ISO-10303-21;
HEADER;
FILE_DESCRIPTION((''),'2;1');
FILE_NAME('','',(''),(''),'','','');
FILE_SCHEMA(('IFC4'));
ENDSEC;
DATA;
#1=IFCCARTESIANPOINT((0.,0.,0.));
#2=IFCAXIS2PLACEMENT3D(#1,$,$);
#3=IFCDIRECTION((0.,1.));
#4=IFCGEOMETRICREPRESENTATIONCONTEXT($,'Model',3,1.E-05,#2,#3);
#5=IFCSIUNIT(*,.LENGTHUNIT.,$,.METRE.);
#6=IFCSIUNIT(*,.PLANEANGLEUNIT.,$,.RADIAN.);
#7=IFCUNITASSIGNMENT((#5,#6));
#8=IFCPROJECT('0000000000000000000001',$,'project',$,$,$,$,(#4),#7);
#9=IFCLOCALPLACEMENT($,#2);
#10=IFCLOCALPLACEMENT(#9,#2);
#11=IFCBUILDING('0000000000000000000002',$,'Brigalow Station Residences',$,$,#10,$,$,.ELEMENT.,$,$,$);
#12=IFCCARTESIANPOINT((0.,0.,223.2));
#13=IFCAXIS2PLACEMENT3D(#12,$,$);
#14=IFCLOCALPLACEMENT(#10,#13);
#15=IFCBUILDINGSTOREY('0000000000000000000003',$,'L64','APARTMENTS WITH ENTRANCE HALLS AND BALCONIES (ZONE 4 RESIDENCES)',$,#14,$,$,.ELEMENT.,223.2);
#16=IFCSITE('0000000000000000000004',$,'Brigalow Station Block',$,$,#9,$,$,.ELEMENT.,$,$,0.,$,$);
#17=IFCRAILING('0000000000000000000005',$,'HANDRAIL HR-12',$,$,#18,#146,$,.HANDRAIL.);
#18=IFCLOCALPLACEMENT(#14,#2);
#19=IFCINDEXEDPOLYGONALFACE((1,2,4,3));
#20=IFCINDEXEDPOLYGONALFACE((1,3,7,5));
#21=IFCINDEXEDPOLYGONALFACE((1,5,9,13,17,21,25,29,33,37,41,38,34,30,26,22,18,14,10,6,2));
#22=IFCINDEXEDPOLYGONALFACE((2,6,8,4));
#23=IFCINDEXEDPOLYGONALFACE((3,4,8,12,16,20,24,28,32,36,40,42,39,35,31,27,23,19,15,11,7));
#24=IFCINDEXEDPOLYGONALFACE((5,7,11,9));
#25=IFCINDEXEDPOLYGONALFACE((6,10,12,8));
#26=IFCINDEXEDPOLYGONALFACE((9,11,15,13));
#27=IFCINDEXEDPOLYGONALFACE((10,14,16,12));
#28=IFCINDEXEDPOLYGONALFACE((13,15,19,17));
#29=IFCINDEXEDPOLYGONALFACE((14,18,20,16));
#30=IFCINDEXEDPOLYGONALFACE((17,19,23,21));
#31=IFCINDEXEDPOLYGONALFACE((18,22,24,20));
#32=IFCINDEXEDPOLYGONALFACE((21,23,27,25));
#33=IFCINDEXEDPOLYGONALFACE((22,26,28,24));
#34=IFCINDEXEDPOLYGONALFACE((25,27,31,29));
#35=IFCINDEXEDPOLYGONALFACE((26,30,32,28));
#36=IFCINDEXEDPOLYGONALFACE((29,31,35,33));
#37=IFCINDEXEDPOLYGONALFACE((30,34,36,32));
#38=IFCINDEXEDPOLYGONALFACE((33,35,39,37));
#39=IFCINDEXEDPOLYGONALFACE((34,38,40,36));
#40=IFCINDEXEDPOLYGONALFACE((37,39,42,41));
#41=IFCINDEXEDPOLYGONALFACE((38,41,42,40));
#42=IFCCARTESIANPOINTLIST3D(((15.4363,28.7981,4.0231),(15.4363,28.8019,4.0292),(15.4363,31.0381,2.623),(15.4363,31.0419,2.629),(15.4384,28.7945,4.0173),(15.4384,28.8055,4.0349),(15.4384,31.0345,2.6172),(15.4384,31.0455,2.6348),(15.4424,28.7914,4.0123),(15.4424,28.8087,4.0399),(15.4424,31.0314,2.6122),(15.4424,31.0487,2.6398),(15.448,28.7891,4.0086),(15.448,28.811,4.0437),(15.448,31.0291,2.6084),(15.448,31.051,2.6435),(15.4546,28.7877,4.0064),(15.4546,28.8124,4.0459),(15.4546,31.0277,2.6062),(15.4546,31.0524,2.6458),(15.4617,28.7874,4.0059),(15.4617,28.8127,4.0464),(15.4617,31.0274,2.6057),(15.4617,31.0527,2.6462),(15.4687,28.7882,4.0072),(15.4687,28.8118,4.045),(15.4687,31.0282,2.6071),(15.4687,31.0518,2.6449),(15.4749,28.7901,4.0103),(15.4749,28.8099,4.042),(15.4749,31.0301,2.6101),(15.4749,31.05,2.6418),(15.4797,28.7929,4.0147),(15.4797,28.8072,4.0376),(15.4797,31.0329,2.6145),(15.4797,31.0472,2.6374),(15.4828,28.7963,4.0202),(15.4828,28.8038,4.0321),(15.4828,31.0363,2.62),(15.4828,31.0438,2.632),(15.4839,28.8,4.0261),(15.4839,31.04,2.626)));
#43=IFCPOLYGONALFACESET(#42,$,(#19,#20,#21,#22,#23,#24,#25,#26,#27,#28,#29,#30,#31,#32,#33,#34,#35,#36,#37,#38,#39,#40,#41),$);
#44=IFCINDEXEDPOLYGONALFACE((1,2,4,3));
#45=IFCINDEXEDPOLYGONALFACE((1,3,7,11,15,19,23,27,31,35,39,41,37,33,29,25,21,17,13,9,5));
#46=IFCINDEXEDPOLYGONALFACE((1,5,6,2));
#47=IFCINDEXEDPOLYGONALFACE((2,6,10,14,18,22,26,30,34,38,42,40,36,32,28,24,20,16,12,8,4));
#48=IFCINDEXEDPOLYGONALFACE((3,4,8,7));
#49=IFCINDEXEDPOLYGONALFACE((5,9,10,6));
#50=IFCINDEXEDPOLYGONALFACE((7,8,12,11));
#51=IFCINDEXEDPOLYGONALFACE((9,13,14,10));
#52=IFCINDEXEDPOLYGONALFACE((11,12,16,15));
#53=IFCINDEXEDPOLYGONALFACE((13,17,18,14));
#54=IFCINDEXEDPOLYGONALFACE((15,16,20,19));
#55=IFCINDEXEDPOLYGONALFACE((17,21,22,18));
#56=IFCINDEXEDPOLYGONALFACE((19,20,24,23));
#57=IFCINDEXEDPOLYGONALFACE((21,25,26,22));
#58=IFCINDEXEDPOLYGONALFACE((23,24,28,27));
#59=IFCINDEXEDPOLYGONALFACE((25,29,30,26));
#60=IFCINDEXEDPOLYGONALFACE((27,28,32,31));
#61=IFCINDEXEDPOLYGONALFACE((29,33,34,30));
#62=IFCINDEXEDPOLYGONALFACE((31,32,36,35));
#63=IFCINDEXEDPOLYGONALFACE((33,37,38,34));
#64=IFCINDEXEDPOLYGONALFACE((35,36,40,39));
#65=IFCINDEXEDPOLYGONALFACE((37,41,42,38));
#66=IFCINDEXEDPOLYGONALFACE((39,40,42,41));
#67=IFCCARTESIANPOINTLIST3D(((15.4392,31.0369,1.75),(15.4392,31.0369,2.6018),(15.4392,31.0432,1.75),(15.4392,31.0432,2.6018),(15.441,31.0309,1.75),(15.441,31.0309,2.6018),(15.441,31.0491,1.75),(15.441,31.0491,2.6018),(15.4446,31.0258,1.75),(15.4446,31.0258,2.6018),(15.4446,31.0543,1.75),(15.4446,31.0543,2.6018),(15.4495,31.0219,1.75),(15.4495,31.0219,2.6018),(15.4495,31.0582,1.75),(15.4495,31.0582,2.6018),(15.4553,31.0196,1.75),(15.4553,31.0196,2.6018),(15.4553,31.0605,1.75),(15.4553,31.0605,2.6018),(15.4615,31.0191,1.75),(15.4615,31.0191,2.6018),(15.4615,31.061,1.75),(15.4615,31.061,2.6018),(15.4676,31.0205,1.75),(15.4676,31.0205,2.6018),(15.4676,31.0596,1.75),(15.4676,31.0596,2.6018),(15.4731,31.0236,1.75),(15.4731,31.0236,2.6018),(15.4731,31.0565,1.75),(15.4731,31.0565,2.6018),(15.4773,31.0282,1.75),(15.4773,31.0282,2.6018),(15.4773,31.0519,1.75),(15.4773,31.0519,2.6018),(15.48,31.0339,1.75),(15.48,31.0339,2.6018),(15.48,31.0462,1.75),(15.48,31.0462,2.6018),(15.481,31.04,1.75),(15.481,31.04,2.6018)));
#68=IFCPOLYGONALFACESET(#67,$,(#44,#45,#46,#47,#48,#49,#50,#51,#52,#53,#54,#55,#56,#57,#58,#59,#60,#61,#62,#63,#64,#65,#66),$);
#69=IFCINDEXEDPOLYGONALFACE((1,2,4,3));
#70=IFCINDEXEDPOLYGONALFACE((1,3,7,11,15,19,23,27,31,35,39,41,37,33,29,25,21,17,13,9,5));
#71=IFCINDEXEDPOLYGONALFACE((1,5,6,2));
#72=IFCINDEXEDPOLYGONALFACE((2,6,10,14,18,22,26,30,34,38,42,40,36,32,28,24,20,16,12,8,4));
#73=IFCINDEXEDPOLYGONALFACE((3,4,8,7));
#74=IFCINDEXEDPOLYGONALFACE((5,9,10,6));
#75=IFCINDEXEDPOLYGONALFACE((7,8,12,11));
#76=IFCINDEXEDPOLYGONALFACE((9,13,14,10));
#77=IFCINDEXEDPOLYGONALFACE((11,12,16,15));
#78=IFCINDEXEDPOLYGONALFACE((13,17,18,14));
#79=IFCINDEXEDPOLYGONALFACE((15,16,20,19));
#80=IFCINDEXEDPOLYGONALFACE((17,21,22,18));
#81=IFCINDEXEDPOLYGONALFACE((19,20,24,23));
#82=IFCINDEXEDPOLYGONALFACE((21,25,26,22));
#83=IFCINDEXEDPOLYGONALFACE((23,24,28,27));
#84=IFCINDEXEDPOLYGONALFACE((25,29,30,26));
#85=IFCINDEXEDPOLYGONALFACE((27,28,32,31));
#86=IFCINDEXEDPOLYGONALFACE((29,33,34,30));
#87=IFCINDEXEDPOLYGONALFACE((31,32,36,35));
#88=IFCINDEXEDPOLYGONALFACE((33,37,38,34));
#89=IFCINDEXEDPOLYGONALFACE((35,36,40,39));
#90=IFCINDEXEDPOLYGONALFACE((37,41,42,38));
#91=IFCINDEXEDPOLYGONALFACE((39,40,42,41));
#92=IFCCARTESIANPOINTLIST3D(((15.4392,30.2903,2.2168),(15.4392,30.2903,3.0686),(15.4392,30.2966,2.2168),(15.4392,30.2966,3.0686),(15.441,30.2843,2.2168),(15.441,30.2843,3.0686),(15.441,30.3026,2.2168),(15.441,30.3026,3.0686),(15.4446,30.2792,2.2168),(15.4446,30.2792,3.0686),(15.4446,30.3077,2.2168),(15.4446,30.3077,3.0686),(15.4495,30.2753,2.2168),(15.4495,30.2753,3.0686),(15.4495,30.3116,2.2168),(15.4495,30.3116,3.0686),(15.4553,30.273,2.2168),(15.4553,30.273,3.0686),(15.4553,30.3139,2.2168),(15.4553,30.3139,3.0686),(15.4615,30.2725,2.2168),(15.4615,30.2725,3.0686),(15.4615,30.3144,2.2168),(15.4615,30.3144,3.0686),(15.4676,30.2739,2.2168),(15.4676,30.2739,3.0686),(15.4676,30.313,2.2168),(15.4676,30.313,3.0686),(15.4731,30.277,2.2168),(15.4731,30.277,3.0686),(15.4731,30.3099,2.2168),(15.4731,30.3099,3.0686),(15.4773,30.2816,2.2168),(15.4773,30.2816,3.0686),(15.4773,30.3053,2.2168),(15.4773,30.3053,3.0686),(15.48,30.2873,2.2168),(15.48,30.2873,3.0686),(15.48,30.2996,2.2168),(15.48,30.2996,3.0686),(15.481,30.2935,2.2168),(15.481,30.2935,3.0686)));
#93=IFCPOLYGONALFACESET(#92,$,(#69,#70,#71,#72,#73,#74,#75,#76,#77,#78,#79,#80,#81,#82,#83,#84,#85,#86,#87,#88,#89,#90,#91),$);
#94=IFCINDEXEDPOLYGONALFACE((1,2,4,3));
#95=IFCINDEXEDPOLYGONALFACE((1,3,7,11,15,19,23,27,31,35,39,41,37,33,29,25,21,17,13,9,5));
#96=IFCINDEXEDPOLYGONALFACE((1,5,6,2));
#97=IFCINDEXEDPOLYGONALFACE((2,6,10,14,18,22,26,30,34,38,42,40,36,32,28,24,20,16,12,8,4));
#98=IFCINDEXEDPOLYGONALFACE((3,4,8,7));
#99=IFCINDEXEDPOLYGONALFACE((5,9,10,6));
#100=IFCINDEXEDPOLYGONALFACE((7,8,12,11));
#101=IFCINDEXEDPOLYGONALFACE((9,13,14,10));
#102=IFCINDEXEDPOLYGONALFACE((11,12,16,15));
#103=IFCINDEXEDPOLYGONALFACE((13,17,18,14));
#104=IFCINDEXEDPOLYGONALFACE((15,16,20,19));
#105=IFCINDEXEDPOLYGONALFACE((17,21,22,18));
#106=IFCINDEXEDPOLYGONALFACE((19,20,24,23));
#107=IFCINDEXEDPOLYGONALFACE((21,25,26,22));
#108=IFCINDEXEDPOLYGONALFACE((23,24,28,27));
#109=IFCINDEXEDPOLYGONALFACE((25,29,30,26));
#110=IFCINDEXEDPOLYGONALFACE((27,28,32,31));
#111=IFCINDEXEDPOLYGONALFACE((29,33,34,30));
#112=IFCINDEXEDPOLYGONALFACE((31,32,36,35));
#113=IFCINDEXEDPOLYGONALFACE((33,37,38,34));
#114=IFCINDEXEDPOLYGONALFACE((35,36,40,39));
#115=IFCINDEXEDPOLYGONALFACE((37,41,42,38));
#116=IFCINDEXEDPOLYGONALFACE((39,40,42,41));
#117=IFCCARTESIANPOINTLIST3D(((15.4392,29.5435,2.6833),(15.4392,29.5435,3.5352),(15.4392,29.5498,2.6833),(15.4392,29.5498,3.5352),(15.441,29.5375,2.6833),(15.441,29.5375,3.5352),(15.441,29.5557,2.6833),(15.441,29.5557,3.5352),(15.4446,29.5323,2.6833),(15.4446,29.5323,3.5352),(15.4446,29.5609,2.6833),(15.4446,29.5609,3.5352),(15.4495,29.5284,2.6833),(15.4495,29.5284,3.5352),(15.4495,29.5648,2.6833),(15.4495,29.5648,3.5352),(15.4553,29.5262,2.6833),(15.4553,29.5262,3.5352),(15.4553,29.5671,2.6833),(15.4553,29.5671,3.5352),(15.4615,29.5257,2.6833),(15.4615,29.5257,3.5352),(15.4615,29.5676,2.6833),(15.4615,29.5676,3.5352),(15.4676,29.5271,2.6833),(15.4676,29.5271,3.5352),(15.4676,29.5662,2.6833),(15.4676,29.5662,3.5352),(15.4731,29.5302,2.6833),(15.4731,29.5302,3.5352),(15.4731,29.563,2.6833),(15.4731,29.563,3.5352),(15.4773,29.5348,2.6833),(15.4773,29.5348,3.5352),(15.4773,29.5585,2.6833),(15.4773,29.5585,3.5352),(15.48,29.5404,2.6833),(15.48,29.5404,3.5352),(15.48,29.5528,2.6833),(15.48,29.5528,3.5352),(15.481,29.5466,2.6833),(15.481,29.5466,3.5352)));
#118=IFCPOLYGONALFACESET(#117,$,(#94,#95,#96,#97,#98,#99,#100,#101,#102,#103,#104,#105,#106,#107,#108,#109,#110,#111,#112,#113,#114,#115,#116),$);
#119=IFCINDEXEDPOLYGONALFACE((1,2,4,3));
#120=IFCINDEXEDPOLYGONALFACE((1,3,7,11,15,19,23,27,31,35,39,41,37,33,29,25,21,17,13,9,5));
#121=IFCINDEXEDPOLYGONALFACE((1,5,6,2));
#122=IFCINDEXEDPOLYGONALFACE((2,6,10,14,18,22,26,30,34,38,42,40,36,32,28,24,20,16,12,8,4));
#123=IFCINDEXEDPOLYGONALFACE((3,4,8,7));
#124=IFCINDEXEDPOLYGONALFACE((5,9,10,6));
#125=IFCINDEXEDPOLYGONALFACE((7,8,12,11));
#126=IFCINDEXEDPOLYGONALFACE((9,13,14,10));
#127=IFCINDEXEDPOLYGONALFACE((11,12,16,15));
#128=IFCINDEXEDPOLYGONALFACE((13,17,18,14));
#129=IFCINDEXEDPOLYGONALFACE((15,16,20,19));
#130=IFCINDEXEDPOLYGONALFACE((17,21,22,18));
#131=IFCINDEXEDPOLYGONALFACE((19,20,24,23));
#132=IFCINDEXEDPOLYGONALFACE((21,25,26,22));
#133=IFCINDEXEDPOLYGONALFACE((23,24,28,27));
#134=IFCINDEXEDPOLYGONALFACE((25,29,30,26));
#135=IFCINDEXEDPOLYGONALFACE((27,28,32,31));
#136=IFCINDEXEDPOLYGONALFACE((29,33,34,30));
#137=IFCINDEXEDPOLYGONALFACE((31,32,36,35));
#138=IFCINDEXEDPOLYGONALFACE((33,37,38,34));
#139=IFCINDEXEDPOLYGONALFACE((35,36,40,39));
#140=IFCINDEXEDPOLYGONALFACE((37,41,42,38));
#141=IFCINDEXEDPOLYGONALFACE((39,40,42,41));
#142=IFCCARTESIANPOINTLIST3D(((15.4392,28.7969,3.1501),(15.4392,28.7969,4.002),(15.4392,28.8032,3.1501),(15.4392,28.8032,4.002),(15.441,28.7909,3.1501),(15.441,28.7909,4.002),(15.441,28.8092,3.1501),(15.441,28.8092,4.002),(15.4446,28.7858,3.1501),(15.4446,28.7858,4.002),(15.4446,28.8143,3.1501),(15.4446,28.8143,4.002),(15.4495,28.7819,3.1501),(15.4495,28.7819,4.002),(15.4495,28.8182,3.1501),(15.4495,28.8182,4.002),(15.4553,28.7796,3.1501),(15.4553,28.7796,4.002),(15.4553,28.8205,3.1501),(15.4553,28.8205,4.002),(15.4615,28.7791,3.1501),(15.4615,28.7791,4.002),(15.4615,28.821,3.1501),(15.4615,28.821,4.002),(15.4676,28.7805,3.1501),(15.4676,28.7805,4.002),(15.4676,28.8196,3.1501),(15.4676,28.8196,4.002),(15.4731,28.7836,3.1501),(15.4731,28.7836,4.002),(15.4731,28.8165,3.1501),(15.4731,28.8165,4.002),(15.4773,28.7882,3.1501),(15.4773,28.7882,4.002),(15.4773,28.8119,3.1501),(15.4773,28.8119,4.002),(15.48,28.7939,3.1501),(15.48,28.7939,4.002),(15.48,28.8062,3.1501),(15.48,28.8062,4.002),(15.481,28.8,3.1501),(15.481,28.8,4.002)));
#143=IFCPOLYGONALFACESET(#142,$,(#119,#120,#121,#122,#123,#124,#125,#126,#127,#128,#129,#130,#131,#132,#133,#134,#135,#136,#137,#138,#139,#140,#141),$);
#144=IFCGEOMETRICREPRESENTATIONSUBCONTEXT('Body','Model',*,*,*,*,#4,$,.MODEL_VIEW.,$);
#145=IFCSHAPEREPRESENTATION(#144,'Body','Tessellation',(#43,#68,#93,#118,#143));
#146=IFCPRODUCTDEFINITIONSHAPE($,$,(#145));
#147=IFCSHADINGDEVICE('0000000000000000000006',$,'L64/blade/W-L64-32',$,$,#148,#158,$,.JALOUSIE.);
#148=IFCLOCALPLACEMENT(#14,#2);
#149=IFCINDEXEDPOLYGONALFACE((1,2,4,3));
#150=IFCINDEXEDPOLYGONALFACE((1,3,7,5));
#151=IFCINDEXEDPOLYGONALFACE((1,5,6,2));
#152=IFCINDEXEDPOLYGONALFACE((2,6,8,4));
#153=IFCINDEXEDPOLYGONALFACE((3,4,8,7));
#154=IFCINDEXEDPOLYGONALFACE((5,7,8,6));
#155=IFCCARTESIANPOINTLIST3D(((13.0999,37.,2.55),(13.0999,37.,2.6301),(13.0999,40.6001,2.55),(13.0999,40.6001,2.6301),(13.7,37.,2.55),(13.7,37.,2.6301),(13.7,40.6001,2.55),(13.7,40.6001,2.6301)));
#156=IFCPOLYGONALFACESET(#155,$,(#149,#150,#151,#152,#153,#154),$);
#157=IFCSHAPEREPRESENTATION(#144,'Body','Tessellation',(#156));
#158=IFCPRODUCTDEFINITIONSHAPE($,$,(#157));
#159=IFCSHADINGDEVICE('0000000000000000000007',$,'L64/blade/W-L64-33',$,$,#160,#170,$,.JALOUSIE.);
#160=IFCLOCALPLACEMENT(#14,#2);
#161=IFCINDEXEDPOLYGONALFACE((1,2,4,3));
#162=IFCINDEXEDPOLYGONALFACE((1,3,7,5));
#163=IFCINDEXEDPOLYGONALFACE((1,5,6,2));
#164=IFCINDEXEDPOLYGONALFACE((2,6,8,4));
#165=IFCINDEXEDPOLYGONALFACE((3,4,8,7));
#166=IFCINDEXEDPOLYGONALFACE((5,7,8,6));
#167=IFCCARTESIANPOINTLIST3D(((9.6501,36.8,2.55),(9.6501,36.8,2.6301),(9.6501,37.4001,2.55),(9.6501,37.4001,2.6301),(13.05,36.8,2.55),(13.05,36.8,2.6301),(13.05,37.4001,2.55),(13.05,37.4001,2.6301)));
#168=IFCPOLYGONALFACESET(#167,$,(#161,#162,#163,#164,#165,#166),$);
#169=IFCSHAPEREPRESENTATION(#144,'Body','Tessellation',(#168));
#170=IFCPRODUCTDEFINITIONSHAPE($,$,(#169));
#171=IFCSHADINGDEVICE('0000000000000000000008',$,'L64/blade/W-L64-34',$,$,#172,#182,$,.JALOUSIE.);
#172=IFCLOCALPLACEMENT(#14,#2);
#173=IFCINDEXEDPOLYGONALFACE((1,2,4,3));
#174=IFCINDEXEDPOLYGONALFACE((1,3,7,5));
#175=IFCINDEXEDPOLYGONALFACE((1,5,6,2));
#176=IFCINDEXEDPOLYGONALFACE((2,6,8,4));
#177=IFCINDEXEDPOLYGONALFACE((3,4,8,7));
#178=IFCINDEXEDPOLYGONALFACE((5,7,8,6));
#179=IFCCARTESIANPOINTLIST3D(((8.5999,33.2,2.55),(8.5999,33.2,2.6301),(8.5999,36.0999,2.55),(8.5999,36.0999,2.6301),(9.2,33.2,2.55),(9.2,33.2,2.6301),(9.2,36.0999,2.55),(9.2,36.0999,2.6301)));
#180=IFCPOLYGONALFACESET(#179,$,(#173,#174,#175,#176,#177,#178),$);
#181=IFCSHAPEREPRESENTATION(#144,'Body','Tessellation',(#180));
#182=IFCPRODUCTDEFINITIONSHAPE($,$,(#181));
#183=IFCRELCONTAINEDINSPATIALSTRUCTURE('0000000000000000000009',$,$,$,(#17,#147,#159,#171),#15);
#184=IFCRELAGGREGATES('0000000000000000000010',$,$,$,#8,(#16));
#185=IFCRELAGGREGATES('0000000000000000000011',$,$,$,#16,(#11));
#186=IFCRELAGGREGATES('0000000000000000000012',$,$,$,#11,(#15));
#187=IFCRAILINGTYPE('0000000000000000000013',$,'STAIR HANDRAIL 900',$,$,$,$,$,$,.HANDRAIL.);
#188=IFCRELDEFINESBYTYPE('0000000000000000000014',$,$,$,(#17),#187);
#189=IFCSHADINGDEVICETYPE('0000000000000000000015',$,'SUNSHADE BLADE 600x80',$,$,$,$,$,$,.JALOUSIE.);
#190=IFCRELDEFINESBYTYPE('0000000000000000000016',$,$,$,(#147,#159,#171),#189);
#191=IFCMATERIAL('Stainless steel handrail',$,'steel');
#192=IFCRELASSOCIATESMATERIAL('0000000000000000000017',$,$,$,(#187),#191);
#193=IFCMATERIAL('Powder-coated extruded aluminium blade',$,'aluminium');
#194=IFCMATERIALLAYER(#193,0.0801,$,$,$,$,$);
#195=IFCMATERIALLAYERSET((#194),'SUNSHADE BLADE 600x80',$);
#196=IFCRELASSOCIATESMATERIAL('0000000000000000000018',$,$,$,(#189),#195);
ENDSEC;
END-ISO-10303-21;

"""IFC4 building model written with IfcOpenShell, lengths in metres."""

from ifc_helpers import new_model, si_unit, direction, frame, origin, origin_2d, place, context, subcontext, project, spatial, rectangle, circle, extrude, material, layer, layer_set, type_object, element, save


model = new_model("IFC4")

# Units and contexts
model_context = context("Model", 3, precision=1e-05, world=origin(), true_north=direction((0.0, 1.0)))
body_context = subcontext(model_context, "Body", "Model", "MODEL_VIEW")
ifc_project = project(units=[si_unit("LENGTHUNIT", "METRE"), si_unit("PLANEANGLEUNIT", "RADIAN")], contexts=[model_context])

# Site, building, storey
site_placement = place(None, origin())
site = spatial("IfcSite", under=ifc_project, at=site_placement, Name="Brigalow Station Block", CompositionType="ELEMENT", RefElevation=0.0)
building_placement = place(site_placement, origin())
building = spatial("IfcBuilding", under=site, at=building_placement, Name="Brigalow Station Residences", CompositionType="ELEMENT")
storey_placement = place(building_placement, frame((0.0, 0.0, 223.2)))
storey = spatial("IfcBuildingStorey", under=building, at=storey_placement, Name="L64", Description="APARTMENTS WITH ENTRANCE HALLS AND BALCONIES (ZONE 4 RESIDENCES)", CompositionType="ELEMENT", Elevation=223.2)

# Railing
ifc_material_1 = material(Name="Stainless steel handrail", Category="steel")
railing_type = type_object("IfcRailingType", Name="STAIR HANDRAIL 900", PredefinedType="HANDRAIL", material=ifc_material_1)
railing_placement = place(storey_placement, frame((15.46, 31.04, 1.75)))
element("IfcRailing", 1, at=railing_placement, inside=storey, type_object=railing_type, Name="HANDRAIL HR-12", PredefinedType="HANDRAIL", context=body_context, shape_type="SweptSolid", body=[
    extrude(circle(Radius=0.0239, at=origin_2d()), frame((0.0, 0.0, 0.876), z_axis=(0.0, -0.847972, 0.53004), x_axis=(1.0, 0.0, 0.0)), (0.0, 0.0, 1.0), 2.6416),
    extrude(circle(Radius=0.021, at=origin_2d()), origin(), (0.0, 0.0, 1.0), 0.8518),
    extrude(circle(Radius=0.021, at=origin_2d()), frame((0.0, -0.7466, 0.4668)), (0.0, 0.0, 1.0), 0.8518),
    extrude(circle(Radius=0.021, at=origin_2d()), frame((0.0, -1.4934, 0.9333)), (0.0, 0.0, 1.0), 0.8518),
    extrude(circle(Radius=0.021, at=origin_2d()), frame((0.0, -2.24, 1.4001)), (0.0, 0.0, 1.0), 0.8518),
])

# Shading devices
ifc_material_2 = material(Name="Powder-coated extruded aluminium blade", Category="aluminium")
ifc_layer_1 = layer(ifc_material_2, 0.0801)
ifc_layer_set_1 = layer_set([ifc_layer_1], Name="SUNSHADE BLADE 600x80")
shading_device_type = type_object("IfcShadingDeviceType", Name="SUNSHADE BLADE 600x80", PredefinedType="JALOUSIE", material=ifc_layer_set_1)
shading_device_1_placement = place(storey_placement, frame((13.3999, 38.8, 2.55), z_axis=(0.0, 0.0, 1.0), x_axis=(0.0, -1.0, 0.0)))
element("IfcShadingDevice", 2, at=shading_device_1_placement, inside=storey, type_object=shading_device_type, Name="L64/blade/W-L64-32", PredefinedType="JALOUSIE", context=body_context, shape_type="SweptSolid", body=[
    extrude(rectangle(XDim=3.6001, YDim=0.6001, at=origin_2d()), origin(), (0.0, 0.0, 1.0), 0.0801),
])
shading_device_2_placement = place(storey_placement, frame((11.3501, 37.1001, 2.55), z_axis=(0.0, 0.0, 1.0), x_axis=(-1.0, 0.0, 0.0)))
element("IfcShadingDevice", 3, at=shading_device_2_placement, inside=storey, type_object=shading_device_type, Name="L64/blade/W-L64-33", PredefinedType="JALOUSIE", context=body_context, shape_type="SweptSolid", body=[
    extrude(rectangle(XDim=3.3999, YDim=0.6001, at=origin_2d()), origin(), (0.0, 0.0, 1.0), 0.0801),
])
shading_device_3_placement = place(storey_placement, frame((8.8999, 34.6499, 2.55), z_axis=(0.0, 0.0, 1.0), x_axis=(0.0, -1.0, 0.0)))
element("IfcShadingDevice", 4, at=shading_device_3_placement, inside=storey, type_object=shading_device_type, Name="L64/blade/W-L64-34", PredefinedType="JALOUSIE", context=body_context, shape_type="SweptSolid", body=[
    extrude(rectangle(XDim=2.8999, YDim=0.6001, at=origin_2d()), origin(), (0.0, 0.0, 1.0), 0.0801),
])

save(model, "model.ifc")
